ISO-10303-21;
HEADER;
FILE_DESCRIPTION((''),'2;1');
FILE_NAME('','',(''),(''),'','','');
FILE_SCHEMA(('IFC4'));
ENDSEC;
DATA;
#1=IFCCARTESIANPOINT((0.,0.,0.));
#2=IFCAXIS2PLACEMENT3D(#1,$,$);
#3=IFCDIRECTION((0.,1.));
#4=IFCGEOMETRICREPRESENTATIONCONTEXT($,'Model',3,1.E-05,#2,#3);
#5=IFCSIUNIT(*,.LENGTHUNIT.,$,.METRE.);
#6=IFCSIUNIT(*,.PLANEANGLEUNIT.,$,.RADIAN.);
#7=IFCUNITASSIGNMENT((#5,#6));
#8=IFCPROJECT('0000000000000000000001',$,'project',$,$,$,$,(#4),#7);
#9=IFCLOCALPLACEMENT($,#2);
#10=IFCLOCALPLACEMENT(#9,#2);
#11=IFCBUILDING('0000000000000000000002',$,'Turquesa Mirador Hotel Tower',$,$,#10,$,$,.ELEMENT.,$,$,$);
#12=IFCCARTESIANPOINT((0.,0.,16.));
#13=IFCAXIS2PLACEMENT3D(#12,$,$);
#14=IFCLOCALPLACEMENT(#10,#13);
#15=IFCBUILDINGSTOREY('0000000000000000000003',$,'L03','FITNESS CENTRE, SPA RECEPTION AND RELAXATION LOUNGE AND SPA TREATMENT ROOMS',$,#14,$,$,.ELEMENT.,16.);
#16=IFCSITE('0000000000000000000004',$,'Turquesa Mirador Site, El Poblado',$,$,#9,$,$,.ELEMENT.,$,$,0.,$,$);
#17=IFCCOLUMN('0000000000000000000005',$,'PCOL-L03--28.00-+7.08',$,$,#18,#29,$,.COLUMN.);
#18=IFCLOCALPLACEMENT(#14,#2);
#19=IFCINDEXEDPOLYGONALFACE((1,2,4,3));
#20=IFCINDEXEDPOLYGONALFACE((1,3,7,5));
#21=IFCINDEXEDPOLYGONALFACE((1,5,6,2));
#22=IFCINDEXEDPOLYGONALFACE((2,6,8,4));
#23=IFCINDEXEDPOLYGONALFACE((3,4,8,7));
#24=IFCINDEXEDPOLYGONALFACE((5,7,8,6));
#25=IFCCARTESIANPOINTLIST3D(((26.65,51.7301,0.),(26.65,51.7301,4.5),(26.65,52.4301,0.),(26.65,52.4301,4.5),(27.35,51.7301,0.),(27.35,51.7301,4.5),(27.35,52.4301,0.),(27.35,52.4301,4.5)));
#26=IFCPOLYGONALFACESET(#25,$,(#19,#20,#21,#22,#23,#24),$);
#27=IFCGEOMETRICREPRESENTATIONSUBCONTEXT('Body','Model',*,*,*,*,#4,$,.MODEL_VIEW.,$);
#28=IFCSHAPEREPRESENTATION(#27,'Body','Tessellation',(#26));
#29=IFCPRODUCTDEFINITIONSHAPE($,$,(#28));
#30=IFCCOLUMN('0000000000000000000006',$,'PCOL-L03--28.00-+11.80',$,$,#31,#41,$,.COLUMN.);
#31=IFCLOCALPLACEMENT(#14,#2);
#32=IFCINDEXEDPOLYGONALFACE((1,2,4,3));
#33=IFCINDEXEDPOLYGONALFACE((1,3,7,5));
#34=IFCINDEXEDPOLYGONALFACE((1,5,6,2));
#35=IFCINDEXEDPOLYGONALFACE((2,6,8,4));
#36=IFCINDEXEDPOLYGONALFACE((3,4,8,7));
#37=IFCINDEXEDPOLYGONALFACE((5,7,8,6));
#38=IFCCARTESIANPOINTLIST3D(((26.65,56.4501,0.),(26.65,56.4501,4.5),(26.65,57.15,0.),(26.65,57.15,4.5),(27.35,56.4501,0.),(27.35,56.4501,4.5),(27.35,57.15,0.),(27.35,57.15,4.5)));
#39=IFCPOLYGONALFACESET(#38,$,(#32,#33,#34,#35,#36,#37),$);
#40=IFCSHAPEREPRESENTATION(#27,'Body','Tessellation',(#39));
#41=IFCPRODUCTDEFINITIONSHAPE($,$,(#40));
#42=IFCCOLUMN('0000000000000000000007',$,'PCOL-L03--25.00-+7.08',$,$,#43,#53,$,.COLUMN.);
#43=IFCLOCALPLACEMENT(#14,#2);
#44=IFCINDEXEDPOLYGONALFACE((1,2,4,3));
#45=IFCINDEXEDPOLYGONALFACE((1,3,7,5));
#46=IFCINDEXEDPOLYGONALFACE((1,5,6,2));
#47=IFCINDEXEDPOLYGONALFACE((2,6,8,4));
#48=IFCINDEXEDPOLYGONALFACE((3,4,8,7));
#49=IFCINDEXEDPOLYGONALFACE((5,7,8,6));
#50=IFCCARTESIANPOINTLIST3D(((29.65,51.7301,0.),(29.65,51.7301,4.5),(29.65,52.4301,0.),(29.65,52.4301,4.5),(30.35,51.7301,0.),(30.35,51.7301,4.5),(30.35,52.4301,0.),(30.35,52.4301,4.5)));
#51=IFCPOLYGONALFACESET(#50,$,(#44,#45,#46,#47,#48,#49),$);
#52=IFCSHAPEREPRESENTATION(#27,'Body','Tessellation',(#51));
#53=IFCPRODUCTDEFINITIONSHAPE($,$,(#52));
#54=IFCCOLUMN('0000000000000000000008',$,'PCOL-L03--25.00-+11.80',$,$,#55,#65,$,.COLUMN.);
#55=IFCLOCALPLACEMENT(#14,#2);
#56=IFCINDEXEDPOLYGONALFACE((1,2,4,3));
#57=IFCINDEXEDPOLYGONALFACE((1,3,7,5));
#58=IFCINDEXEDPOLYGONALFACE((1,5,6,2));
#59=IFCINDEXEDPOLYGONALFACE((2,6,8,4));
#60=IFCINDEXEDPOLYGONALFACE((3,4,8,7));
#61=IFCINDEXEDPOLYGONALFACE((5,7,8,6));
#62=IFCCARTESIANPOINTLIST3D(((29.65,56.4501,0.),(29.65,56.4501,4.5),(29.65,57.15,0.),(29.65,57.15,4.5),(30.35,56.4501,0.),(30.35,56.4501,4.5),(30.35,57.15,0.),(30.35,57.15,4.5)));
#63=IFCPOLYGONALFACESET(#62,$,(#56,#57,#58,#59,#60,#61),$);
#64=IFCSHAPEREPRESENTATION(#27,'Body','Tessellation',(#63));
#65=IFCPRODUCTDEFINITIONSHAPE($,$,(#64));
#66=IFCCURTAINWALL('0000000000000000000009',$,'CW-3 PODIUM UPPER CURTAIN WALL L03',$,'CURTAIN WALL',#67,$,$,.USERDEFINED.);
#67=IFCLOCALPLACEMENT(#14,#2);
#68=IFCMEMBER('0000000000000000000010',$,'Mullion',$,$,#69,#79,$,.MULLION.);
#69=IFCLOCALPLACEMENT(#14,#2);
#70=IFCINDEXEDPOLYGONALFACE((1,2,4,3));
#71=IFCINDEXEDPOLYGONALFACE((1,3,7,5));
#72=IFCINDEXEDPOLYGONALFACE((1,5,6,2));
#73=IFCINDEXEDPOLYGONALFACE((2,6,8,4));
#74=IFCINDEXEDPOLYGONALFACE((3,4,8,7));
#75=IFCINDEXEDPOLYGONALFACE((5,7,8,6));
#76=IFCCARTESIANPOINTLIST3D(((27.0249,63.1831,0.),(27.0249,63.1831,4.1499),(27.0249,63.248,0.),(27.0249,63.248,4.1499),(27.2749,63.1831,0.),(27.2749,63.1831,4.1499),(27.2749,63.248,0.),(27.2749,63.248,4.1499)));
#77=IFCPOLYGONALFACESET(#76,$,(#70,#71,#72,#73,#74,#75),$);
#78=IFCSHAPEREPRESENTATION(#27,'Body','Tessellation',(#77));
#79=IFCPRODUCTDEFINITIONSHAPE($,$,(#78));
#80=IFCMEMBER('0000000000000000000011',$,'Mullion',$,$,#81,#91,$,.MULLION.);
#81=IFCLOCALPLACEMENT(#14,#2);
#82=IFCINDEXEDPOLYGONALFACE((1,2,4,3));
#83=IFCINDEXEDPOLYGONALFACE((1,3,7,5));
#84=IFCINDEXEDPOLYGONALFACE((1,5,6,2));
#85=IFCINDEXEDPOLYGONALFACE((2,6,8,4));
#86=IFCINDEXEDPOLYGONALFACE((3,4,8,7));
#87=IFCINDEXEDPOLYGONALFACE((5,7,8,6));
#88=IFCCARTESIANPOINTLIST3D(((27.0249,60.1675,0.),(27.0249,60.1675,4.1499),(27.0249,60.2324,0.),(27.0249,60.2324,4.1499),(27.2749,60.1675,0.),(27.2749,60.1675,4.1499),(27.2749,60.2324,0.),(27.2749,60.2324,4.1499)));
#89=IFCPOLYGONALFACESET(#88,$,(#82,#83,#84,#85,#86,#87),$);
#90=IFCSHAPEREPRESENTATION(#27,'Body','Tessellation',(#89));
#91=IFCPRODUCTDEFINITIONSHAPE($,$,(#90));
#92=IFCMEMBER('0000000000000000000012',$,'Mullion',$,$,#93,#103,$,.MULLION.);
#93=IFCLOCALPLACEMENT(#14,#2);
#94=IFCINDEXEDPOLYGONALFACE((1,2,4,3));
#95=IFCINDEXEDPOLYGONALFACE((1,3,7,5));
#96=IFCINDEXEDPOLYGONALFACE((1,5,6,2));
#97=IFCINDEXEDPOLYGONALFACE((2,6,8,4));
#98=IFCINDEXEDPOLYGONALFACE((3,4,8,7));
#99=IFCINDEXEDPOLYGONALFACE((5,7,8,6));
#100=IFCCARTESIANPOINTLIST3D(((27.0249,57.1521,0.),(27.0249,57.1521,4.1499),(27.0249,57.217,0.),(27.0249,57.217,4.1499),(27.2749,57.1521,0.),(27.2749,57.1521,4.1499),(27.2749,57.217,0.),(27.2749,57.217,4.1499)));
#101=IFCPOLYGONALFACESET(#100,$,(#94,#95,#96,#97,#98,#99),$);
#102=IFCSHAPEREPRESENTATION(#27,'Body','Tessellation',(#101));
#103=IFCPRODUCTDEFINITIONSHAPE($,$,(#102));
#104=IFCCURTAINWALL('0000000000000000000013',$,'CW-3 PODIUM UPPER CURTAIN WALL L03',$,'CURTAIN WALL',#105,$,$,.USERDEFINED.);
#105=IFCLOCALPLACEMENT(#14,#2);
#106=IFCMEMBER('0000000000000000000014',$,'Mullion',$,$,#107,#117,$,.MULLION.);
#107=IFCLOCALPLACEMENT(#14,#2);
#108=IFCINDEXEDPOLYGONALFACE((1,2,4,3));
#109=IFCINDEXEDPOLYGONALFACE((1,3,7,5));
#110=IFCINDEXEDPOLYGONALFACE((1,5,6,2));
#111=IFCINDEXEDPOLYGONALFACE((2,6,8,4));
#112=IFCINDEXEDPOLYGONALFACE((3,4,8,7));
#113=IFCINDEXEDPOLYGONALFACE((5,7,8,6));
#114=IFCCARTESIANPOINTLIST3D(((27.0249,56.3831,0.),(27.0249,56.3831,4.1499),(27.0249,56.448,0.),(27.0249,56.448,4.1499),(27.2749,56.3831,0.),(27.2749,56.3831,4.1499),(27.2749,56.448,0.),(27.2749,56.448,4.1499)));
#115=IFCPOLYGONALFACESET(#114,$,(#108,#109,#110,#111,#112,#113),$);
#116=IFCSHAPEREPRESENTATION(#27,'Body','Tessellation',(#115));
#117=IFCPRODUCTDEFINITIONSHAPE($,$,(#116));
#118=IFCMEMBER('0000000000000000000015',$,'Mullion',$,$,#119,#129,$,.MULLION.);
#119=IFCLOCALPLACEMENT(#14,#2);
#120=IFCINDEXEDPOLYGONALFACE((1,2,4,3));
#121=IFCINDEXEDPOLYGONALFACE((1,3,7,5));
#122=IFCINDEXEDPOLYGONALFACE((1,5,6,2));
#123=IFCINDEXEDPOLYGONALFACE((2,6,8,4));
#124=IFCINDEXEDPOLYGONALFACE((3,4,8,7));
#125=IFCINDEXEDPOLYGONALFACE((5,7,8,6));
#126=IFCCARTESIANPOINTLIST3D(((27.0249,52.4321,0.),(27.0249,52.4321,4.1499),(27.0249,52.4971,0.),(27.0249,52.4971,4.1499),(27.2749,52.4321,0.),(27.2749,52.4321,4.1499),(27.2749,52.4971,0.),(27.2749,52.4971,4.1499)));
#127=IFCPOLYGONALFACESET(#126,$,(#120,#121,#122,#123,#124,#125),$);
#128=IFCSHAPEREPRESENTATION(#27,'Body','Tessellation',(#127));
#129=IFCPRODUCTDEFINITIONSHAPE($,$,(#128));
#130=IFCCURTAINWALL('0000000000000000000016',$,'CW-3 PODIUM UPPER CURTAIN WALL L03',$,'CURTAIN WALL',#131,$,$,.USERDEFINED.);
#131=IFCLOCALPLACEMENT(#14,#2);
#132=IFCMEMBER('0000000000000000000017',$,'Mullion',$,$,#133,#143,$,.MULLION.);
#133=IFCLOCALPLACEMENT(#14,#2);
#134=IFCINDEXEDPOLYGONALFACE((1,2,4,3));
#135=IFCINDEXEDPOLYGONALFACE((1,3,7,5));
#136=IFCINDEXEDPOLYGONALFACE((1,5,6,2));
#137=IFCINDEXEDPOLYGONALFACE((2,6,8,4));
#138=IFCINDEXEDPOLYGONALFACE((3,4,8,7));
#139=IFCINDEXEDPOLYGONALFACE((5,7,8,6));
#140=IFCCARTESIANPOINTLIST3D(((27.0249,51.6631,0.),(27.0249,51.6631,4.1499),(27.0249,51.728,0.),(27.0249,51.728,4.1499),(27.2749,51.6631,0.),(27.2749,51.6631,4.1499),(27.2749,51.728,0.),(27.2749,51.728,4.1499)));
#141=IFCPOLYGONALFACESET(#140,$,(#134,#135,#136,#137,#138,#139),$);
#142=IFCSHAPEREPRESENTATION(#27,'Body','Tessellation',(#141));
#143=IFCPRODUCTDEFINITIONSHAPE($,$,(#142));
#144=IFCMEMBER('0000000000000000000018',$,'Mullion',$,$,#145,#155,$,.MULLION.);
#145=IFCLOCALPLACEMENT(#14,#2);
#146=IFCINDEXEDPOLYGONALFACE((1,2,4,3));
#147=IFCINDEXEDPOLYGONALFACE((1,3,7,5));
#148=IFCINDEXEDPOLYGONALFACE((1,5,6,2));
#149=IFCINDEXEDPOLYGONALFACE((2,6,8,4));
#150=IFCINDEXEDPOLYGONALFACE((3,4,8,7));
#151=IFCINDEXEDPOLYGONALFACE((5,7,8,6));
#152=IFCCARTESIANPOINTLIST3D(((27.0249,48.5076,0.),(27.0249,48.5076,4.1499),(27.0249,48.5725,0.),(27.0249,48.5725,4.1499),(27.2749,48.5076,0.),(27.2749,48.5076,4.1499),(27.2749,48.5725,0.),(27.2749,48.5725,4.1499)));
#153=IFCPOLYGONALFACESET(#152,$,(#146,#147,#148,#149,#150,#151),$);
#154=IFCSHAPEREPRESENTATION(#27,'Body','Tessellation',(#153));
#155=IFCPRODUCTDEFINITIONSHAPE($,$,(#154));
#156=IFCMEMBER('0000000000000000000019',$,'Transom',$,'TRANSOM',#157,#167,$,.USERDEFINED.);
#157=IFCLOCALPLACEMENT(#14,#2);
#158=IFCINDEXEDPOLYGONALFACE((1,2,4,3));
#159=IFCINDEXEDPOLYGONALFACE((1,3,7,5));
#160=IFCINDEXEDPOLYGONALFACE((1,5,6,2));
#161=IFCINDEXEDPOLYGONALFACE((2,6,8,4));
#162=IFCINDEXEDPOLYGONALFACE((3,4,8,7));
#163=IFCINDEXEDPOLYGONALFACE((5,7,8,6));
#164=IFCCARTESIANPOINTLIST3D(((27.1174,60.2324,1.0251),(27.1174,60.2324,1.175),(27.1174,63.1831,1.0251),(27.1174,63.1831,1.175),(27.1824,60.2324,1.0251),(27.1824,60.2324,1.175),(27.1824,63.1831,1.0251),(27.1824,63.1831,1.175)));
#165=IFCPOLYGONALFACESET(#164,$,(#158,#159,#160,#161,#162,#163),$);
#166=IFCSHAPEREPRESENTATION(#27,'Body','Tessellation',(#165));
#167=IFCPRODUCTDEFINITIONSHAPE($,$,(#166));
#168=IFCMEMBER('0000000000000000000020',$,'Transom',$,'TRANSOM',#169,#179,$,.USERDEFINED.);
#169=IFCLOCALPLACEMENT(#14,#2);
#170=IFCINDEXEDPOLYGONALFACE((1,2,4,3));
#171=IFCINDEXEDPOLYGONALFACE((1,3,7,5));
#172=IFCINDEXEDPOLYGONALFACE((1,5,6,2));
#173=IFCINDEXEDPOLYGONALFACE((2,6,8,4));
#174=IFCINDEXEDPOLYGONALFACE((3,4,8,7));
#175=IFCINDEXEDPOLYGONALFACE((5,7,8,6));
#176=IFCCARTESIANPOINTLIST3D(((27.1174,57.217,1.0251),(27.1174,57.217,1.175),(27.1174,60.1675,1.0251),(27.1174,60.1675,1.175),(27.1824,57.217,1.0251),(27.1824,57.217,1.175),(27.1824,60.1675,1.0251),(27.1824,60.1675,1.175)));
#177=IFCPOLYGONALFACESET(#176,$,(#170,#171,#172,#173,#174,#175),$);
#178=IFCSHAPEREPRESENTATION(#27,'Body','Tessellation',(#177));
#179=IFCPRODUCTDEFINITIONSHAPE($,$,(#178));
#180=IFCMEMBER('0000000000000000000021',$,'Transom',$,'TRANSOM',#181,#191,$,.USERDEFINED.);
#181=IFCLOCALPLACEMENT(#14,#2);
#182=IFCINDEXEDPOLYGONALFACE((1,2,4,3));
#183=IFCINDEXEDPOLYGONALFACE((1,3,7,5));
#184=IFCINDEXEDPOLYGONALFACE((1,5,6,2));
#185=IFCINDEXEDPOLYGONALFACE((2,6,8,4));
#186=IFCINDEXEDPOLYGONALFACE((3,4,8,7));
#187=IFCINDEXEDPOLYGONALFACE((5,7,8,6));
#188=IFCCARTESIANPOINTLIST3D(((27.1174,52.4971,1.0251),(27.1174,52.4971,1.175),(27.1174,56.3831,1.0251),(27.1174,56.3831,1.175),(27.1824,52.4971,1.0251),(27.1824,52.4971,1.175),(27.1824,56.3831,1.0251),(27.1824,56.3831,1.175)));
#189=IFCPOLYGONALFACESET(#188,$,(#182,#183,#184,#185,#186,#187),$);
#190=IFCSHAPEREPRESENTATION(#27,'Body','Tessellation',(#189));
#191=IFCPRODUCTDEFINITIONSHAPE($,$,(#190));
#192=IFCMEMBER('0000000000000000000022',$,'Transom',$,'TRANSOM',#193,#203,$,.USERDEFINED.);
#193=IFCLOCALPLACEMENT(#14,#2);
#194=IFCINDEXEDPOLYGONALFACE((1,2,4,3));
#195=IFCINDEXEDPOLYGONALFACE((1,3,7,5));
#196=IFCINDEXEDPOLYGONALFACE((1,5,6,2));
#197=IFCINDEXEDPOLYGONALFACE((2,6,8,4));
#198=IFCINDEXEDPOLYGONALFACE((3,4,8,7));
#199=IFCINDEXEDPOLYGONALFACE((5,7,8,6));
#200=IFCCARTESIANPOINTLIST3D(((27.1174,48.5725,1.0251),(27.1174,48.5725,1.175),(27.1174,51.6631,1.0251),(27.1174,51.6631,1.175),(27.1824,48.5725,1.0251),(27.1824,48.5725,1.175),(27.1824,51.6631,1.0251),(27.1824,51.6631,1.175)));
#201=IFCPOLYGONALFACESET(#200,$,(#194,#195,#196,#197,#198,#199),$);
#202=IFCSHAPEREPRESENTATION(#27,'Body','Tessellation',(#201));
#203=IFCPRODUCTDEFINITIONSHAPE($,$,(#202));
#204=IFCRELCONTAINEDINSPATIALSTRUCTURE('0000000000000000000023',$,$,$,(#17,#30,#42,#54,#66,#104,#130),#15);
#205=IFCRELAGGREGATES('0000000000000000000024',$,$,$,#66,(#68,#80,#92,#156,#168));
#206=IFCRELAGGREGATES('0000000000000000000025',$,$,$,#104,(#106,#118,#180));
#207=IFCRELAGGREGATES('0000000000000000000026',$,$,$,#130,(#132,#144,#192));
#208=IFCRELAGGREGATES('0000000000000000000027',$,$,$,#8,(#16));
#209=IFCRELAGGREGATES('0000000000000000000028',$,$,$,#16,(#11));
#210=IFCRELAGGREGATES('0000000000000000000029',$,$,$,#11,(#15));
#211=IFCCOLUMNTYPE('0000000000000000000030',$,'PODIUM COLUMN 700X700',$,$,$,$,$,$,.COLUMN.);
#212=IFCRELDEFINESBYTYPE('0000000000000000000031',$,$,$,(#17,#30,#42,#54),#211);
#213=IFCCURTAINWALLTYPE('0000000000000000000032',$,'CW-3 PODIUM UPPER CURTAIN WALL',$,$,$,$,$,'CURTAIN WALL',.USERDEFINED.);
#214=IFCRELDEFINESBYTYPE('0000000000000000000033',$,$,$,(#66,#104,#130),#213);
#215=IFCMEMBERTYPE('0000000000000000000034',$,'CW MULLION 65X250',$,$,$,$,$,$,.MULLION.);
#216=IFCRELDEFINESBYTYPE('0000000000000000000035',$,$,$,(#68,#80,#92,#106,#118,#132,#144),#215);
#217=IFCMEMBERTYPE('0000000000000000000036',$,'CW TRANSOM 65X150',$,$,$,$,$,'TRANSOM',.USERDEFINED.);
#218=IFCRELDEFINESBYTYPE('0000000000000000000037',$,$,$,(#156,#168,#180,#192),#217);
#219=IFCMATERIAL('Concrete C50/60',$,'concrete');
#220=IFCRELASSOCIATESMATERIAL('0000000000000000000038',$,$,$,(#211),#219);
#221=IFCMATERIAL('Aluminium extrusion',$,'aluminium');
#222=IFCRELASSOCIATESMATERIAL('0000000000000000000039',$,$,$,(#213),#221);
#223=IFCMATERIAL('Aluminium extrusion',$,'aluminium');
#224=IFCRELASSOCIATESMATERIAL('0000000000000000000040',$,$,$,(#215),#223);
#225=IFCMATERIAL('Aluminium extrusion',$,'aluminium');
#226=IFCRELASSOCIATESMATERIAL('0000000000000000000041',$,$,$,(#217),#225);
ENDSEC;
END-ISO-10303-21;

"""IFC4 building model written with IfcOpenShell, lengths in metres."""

from ifc_helpers import new_model, si_unit, direction, frame, origin, origin_2d, place, context, subcontext, project, spatial, rectangle, extrude, material, material_profile, profile_set, type_object, element, aggregate, save


model = new_model("IFC4")

# Units and contexts
model_context = context("Model", 3, precision=1e-05, world=origin(), true_north=direction((0.0, 1.0)))
body_context = subcontext(model_context, "Body", "Model", "MODEL_VIEW")
ifc_project = project(units=[si_unit("LENGTHUNIT", "METRE"), si_unit("PLANEANGLEUNIT", "RADIAN")], contexts=[model_context])

# Site, building, storey
site_placement = place(None, origin())
site = spatial("IfcSite", under=ifc_project, at=site_placement, Name="Turquesa Mirador Site, El Poblado", CompositionType="ELEMENT", RefElevation=0.0)
building_placement = place(site_placement, origin())
building = spatial("IfcBuilding", under=site, at=building_placement, Name="Turquesa Mirador Hotel Tower", CompositionType="ELEMENT")
storey_placement = place(building_placement, frame((0.0, 0.0, 16.0)))
storey = spatial("IfcBuildingStorey", under=building, at=storey_placement, Name="L03", Description="FITNESS CENTRE, SPA RECEPTION AND RELAXATION LOUNGE AND SPA TREATMENT ROOMS", CompositionType="ELEMENT", Elevation=16.0)

# Columns
ifc_material_1 = material(Name="Concrete C50/60", Category="concrete")
ifc_material_profile_1 = material_profile(ifc_material_1, rectangle(XDim=0.7, YDim=0.7, at=origin_2d()), Name="RC 700X700")
ifc_profile_set_1 = profile_set([ifc_material_profile_1], Name="Concrete C50/60")
column_type = type_object("IfcColumnType", Name="PODIUM COLUMN 700X700", PredefinedType="COLUMN", material=ifc_profile_set_1)
for number, where, z_axis, x_axis, name in (
    (1, (27.0, 52.0801, 0.0), (0.0, 0.0, 1.0), (1.0, 0.0, 0.0), "PCOL-L03--28.00-+7.08"),
    (2, (27.0, 56.8, 0.0), (0.0, 0.0, 1.0), (1.0, 0.0, 0.0), "PCOL-L03--28.00-+11.80"),
    (3, (30.0, 52.0801, 0.0), (0.0, 0.0, 1.0), (1.0, 0.0, 0.0), "PCOL-L03--25.00-+7.08"),
    (4, (30.0, 56.8, 0.0), (0.0, 0.0, 1.0), (1.0, 0.0, 0.0), "PCOL-L03--25.00-+11.80"),
):
    element("IfcColumn", number, at=place(storey_placement, frame(where, z_axis=z_axis, x_axis=x_axis)), inside=storey, type_object=column_type, Name=name, PredefinedType="COLUMN", context=body_context, shape_type="SweptSolid", body=[
        extrude(rectangle(XDim=0.7, YDim=0.7, at=origin_2d()), origin(), (0.0, 0.0, 1.0), 4.5),
    ])

# Curtain walls, members
ifc_material_2 = material(Name="Aluminium extrusion", Category="aluminium")
curtain_wall_type = type_object("IfcCurtainWallType", Name="CW-3 PODIUM UPPER CURTAIN WALL", ElementType="CURTAIN WALL", PredefinedType="USERDEFINED", material=ifc_material_2)
curtain_wall_1_placement = place(storey_placement, origin())
curtain_wall_1 = element("IfcCurtainWall", 5, at=curtain_wall_1_placement, inside=storey, type_object=curtain_wall_type, Name="CW-3 PODIUM UPPER CURTAIN WALL L03", ObjectType="CURTAIN WALL", PredefinedType="USERDEFINED")
ifc_material_3 = material(Name="Aluminium extrusion", Category="aluminium")
ifc_material_profile_2 = material_profile(ifc_material_3, rectangle(XDim=0.0649, YDim=0.25, at=origin_2d()), Name="MULLION 65X250")
ifc_profile_set_2 = profile_set([ifc_material_profile_2], Name="Aluminium extrusion")
member_type_1 = type_object("IfcMemberType", Name="CW MULLION 65X250", PredefinedType="MULLION", material=ifc_profile_set_2)
member_1_placement = place(storey_placement, frame((27.1499, 63.2156, 0.0), z_axis=(0.0, 0.0, 1.0), x_axis=(0.0, -1.0, 0.0)))
member_1 = element("IfcMember", 6, at=member_1_placement, type_object=member_type_1, Name="Mullion", PredefinedType="MULLION", context=body_context, shape_type="SweptSolid", body=[
    extrude(rectangle(XDim=0.0649, YDim=0.25, at=origin_2d()), origin(), (0.0, 0.0, 1.0), 4.1499),
])
member_2_placement = place(storey_placement, frame((27.1499, 60.2, 0.0), z_axis=(0.0, 0.0, 1.0), x_axis=(0.0, -1.0, 0.0)))
member_2 = element("IfcMember", 7, at=member_2_placement, type_object=member_type_1, Name="Mullion", PredefinedType="MULLION", context=body_context, shape_type="SweptSolid", body=[
    extrude(rectangle(XDim=0.0649, YDim=0.25, at=origin_2d()), origin(), (0.0, 0.0, 1.0), 4.1499),
])
member_3_placement = place(storey_placement, frame((27.1499, 57.1846, 0.0), z_axis=(0.0, 0.0, 1.0), x_axis=(0.0, -1.0, 0.0)))
member_3 = element("IfcMember", 8, at=member_3_placement, type_object=member_type_1, Name="Mullion", PredefinedType="MULLION", context=body_context, shape_type="SweptSolid", body=[
    extrude(rectangle(XDim=0.0649, YDim=0.25, at=origin_2d()), origin(), (0.0, 0.0, 1.0), 4.1499),
])
curtain_wall_2_placement = place(storey_placement, origin())
curtain_wall_2 = element("IfcCurtainWall", 9, at=curtain_wall_2_placement, inside=storey, type_object=curtain_wall_type, Name="CW-3 PODIUM UPPER CURTAIN WALL L03", ObjectType="CURTAIN WALL", PredefinedType="USERDEFINED")
member_4_placement = place(storey_placement, frame((27.1499, 56.4155, 0.0), z_axis=(0.0, 0.0, 1.0), x_axis=(0.0, -1.0, 0.0)))
member_4 = element("IfcMember", 10, at=member_4_placement, type_object=member_type_1, Name="Mullion", PredefinedType="MULLION", context=body_context, shape_type="SweptSolid", body=[
    extrude(rectangle(XDim=0.0649, YDim=0.25, at=origin_2d()), origin(), (0.0, 0.0, 1.0), 4.1499),
])
member_5_placement = place(storey_placement, frame((27.1499, 52.4646, 0.0), z_axis=(0.0, 0.0, 1.0), x_axis=(0.0, -1.0, 0.0)))
member_5 = element("IfcMember", 11, at=member_5_placement, type_object=member_type_1, Name="Mullion", PredefinedType="MULLION", context=body_context, shape_type="SweptSolid", body=[
    extrude(rectangle(XDim=0.0649, YDim=0.25, at=origin_2d()), origin(), (0.0, 0.0, 1.0), 4.1499),
])
curtain_wall_3_placement = place(storey_placement, origin())
curtain_wall_3 = element("IfcCurtainWall", 12, at=curtain_wall_3_placement, inside=storey, type_object=curtain_wall_type, Name="CW-3 PODIUM UPPER CURTAIN WALL L03", ObjectType="CURTAIN WALL", PredefinedType="USERDEFINED")
member_6_placement = place(storey_placement, frame((27.1499, 51.6956, 0.0), z_axis=(0.0, 0.0, 1.0), x_axis=(0.0, -1.0, 0.0)))
member_6 = element("IfcMember", 13, at=member_6_placement, type_object=member_type_1, Name="Mullion", PredefinedType="MULLION", context=body_context, shape_type="SweptSolid", body=[
    extrude(rectangle(XDim=0.0649, YDim=0.25, at=origin_2d()), origin(), (0.0, 0.0, 1.0), 4.1499),
])
member_7_placement = place(storey_placement, frame((27.1499, 48.54, 0.0), z_axis=(0.0, 0.0, 1.0), x_axis=(0.0, -1.0, 0.0)))
member_7 = element("IfcMember", 14, at=member_7_placement, type_object=member_type_1, Name="Mullion", PredefinedType="MULLION", context=body_context, shape_type="SweptSolid", body=[
    extrude(rectangle(XDim=0.0649, YDim=0.25, at=origin_2d()), origin(), (0.0, 0.0, 1.0), 4.1499),
])

# Members
ifc_material_4 = material(Name="Aluminium extrusion", Category="aluminium")
ifc_material_profile_3 = material_profile(ifc_material_4, rectangle(XDim=0.0649, YDim=0.1499, at=origin_2d()), Name="TRANSOM 65X150")
ifc_profile_set_3 = profile_set([ifc_material_profile_3], Name="Aluminium extrusion")
member_type_2 = type_object("IfcMemberType", Name="CW TRANSOM 65X150", ElementType="TRANSOM", PredefinedType="USERDEFINED", material=ifc_profile_set_3)
member_8_placement = place(storey_placement, frame((27.1499, 63.1831, 1.1001), z_axis=(0.0, -1.0, 0.0), x_axis=(1.0, 0.0, 0.0)))
member_8 = element("IfcMember", 15, at=member_8_placement, type_object=member_type_2, Name="Transom", ObjectType="TRANSOM", PredefinedType="USERDEFINED", context=body_context, shape_type="SweptSolid", body=[
    extrude(rectangle(XDim=0.0649, YDim=0.1499, at=origin_2d()), origin(), (0.0, 0.0, 1.0), 2.9507),
])
member_9_placement = place(storey_placement, frame((27.1499, 60.1675, 1.1001), z_axis=(0.0, -1.0, 0.0), x_axis=(1.0, 0.0, 0.0)))
member_9 = element("IfcMember", 16, at=member_9_placement, type_object=member_type_2, Name="Transom", ObjectType="TRANSOM", PredefinedType="USERDEFINED", context=body_context, shape_type="SweptSolid", body=[
    extrude(rectangle(XDim=0.0649, YDim=0.1499, at=origin_2d()), origin(), (0.0, 0.0, 1.0), 2.9504),
])
member_10_placement = place(storey_placement, frame((27.1499, 56.3831, 1.1001), z_axis=(0.0, -1.0, 0.0), x_axis=(1.0, 0.0, 0.0)))
member_10 = element("IfcMember", 17, at=member_10_placement, type_object=member_type_2, Name="Transom", ObjectType="TRANSOM", PredefinedType="USERDEFINED", context=body_context, shape_type="SweptSolid", body=[
    extrude(rectangle(XDim=0.0649, YDim=0.1499, at=origin_2d()), origin(), (0.0, 0.0, 1.0), 3.886),
])
member_11_placement = place(storey_placement, frame((27.1499, 51.6631, 1.1001), z_axis=(0.0, -1.0, 0.0), x_axis=(1.0, 0.0, 0.0)))
member_11 = element("IfcMember", 18, at=member_11_placement, type_object=member_type_2, Name="Transom", ObjectType="TRANSOM", PredefinedType="USERDEFINED", context=body_context, shape_type="SweptSolid", body=[
    extrude(rectangle(XDim=0.0649, YDim=0.1499, at=origin_2d()), origin(), (0.0, 0.0, 1.0), 3.0906),
])

aggregate(curtain_wall_1, [member_1, member_2, member_3, member_8, member_9])
aggregate(curtain_wall_2, [member_4, member_5, member_10])
aggregate(curtain_wall_3, [member_6, member_7, member_11])

save(model, "model.ifc")
